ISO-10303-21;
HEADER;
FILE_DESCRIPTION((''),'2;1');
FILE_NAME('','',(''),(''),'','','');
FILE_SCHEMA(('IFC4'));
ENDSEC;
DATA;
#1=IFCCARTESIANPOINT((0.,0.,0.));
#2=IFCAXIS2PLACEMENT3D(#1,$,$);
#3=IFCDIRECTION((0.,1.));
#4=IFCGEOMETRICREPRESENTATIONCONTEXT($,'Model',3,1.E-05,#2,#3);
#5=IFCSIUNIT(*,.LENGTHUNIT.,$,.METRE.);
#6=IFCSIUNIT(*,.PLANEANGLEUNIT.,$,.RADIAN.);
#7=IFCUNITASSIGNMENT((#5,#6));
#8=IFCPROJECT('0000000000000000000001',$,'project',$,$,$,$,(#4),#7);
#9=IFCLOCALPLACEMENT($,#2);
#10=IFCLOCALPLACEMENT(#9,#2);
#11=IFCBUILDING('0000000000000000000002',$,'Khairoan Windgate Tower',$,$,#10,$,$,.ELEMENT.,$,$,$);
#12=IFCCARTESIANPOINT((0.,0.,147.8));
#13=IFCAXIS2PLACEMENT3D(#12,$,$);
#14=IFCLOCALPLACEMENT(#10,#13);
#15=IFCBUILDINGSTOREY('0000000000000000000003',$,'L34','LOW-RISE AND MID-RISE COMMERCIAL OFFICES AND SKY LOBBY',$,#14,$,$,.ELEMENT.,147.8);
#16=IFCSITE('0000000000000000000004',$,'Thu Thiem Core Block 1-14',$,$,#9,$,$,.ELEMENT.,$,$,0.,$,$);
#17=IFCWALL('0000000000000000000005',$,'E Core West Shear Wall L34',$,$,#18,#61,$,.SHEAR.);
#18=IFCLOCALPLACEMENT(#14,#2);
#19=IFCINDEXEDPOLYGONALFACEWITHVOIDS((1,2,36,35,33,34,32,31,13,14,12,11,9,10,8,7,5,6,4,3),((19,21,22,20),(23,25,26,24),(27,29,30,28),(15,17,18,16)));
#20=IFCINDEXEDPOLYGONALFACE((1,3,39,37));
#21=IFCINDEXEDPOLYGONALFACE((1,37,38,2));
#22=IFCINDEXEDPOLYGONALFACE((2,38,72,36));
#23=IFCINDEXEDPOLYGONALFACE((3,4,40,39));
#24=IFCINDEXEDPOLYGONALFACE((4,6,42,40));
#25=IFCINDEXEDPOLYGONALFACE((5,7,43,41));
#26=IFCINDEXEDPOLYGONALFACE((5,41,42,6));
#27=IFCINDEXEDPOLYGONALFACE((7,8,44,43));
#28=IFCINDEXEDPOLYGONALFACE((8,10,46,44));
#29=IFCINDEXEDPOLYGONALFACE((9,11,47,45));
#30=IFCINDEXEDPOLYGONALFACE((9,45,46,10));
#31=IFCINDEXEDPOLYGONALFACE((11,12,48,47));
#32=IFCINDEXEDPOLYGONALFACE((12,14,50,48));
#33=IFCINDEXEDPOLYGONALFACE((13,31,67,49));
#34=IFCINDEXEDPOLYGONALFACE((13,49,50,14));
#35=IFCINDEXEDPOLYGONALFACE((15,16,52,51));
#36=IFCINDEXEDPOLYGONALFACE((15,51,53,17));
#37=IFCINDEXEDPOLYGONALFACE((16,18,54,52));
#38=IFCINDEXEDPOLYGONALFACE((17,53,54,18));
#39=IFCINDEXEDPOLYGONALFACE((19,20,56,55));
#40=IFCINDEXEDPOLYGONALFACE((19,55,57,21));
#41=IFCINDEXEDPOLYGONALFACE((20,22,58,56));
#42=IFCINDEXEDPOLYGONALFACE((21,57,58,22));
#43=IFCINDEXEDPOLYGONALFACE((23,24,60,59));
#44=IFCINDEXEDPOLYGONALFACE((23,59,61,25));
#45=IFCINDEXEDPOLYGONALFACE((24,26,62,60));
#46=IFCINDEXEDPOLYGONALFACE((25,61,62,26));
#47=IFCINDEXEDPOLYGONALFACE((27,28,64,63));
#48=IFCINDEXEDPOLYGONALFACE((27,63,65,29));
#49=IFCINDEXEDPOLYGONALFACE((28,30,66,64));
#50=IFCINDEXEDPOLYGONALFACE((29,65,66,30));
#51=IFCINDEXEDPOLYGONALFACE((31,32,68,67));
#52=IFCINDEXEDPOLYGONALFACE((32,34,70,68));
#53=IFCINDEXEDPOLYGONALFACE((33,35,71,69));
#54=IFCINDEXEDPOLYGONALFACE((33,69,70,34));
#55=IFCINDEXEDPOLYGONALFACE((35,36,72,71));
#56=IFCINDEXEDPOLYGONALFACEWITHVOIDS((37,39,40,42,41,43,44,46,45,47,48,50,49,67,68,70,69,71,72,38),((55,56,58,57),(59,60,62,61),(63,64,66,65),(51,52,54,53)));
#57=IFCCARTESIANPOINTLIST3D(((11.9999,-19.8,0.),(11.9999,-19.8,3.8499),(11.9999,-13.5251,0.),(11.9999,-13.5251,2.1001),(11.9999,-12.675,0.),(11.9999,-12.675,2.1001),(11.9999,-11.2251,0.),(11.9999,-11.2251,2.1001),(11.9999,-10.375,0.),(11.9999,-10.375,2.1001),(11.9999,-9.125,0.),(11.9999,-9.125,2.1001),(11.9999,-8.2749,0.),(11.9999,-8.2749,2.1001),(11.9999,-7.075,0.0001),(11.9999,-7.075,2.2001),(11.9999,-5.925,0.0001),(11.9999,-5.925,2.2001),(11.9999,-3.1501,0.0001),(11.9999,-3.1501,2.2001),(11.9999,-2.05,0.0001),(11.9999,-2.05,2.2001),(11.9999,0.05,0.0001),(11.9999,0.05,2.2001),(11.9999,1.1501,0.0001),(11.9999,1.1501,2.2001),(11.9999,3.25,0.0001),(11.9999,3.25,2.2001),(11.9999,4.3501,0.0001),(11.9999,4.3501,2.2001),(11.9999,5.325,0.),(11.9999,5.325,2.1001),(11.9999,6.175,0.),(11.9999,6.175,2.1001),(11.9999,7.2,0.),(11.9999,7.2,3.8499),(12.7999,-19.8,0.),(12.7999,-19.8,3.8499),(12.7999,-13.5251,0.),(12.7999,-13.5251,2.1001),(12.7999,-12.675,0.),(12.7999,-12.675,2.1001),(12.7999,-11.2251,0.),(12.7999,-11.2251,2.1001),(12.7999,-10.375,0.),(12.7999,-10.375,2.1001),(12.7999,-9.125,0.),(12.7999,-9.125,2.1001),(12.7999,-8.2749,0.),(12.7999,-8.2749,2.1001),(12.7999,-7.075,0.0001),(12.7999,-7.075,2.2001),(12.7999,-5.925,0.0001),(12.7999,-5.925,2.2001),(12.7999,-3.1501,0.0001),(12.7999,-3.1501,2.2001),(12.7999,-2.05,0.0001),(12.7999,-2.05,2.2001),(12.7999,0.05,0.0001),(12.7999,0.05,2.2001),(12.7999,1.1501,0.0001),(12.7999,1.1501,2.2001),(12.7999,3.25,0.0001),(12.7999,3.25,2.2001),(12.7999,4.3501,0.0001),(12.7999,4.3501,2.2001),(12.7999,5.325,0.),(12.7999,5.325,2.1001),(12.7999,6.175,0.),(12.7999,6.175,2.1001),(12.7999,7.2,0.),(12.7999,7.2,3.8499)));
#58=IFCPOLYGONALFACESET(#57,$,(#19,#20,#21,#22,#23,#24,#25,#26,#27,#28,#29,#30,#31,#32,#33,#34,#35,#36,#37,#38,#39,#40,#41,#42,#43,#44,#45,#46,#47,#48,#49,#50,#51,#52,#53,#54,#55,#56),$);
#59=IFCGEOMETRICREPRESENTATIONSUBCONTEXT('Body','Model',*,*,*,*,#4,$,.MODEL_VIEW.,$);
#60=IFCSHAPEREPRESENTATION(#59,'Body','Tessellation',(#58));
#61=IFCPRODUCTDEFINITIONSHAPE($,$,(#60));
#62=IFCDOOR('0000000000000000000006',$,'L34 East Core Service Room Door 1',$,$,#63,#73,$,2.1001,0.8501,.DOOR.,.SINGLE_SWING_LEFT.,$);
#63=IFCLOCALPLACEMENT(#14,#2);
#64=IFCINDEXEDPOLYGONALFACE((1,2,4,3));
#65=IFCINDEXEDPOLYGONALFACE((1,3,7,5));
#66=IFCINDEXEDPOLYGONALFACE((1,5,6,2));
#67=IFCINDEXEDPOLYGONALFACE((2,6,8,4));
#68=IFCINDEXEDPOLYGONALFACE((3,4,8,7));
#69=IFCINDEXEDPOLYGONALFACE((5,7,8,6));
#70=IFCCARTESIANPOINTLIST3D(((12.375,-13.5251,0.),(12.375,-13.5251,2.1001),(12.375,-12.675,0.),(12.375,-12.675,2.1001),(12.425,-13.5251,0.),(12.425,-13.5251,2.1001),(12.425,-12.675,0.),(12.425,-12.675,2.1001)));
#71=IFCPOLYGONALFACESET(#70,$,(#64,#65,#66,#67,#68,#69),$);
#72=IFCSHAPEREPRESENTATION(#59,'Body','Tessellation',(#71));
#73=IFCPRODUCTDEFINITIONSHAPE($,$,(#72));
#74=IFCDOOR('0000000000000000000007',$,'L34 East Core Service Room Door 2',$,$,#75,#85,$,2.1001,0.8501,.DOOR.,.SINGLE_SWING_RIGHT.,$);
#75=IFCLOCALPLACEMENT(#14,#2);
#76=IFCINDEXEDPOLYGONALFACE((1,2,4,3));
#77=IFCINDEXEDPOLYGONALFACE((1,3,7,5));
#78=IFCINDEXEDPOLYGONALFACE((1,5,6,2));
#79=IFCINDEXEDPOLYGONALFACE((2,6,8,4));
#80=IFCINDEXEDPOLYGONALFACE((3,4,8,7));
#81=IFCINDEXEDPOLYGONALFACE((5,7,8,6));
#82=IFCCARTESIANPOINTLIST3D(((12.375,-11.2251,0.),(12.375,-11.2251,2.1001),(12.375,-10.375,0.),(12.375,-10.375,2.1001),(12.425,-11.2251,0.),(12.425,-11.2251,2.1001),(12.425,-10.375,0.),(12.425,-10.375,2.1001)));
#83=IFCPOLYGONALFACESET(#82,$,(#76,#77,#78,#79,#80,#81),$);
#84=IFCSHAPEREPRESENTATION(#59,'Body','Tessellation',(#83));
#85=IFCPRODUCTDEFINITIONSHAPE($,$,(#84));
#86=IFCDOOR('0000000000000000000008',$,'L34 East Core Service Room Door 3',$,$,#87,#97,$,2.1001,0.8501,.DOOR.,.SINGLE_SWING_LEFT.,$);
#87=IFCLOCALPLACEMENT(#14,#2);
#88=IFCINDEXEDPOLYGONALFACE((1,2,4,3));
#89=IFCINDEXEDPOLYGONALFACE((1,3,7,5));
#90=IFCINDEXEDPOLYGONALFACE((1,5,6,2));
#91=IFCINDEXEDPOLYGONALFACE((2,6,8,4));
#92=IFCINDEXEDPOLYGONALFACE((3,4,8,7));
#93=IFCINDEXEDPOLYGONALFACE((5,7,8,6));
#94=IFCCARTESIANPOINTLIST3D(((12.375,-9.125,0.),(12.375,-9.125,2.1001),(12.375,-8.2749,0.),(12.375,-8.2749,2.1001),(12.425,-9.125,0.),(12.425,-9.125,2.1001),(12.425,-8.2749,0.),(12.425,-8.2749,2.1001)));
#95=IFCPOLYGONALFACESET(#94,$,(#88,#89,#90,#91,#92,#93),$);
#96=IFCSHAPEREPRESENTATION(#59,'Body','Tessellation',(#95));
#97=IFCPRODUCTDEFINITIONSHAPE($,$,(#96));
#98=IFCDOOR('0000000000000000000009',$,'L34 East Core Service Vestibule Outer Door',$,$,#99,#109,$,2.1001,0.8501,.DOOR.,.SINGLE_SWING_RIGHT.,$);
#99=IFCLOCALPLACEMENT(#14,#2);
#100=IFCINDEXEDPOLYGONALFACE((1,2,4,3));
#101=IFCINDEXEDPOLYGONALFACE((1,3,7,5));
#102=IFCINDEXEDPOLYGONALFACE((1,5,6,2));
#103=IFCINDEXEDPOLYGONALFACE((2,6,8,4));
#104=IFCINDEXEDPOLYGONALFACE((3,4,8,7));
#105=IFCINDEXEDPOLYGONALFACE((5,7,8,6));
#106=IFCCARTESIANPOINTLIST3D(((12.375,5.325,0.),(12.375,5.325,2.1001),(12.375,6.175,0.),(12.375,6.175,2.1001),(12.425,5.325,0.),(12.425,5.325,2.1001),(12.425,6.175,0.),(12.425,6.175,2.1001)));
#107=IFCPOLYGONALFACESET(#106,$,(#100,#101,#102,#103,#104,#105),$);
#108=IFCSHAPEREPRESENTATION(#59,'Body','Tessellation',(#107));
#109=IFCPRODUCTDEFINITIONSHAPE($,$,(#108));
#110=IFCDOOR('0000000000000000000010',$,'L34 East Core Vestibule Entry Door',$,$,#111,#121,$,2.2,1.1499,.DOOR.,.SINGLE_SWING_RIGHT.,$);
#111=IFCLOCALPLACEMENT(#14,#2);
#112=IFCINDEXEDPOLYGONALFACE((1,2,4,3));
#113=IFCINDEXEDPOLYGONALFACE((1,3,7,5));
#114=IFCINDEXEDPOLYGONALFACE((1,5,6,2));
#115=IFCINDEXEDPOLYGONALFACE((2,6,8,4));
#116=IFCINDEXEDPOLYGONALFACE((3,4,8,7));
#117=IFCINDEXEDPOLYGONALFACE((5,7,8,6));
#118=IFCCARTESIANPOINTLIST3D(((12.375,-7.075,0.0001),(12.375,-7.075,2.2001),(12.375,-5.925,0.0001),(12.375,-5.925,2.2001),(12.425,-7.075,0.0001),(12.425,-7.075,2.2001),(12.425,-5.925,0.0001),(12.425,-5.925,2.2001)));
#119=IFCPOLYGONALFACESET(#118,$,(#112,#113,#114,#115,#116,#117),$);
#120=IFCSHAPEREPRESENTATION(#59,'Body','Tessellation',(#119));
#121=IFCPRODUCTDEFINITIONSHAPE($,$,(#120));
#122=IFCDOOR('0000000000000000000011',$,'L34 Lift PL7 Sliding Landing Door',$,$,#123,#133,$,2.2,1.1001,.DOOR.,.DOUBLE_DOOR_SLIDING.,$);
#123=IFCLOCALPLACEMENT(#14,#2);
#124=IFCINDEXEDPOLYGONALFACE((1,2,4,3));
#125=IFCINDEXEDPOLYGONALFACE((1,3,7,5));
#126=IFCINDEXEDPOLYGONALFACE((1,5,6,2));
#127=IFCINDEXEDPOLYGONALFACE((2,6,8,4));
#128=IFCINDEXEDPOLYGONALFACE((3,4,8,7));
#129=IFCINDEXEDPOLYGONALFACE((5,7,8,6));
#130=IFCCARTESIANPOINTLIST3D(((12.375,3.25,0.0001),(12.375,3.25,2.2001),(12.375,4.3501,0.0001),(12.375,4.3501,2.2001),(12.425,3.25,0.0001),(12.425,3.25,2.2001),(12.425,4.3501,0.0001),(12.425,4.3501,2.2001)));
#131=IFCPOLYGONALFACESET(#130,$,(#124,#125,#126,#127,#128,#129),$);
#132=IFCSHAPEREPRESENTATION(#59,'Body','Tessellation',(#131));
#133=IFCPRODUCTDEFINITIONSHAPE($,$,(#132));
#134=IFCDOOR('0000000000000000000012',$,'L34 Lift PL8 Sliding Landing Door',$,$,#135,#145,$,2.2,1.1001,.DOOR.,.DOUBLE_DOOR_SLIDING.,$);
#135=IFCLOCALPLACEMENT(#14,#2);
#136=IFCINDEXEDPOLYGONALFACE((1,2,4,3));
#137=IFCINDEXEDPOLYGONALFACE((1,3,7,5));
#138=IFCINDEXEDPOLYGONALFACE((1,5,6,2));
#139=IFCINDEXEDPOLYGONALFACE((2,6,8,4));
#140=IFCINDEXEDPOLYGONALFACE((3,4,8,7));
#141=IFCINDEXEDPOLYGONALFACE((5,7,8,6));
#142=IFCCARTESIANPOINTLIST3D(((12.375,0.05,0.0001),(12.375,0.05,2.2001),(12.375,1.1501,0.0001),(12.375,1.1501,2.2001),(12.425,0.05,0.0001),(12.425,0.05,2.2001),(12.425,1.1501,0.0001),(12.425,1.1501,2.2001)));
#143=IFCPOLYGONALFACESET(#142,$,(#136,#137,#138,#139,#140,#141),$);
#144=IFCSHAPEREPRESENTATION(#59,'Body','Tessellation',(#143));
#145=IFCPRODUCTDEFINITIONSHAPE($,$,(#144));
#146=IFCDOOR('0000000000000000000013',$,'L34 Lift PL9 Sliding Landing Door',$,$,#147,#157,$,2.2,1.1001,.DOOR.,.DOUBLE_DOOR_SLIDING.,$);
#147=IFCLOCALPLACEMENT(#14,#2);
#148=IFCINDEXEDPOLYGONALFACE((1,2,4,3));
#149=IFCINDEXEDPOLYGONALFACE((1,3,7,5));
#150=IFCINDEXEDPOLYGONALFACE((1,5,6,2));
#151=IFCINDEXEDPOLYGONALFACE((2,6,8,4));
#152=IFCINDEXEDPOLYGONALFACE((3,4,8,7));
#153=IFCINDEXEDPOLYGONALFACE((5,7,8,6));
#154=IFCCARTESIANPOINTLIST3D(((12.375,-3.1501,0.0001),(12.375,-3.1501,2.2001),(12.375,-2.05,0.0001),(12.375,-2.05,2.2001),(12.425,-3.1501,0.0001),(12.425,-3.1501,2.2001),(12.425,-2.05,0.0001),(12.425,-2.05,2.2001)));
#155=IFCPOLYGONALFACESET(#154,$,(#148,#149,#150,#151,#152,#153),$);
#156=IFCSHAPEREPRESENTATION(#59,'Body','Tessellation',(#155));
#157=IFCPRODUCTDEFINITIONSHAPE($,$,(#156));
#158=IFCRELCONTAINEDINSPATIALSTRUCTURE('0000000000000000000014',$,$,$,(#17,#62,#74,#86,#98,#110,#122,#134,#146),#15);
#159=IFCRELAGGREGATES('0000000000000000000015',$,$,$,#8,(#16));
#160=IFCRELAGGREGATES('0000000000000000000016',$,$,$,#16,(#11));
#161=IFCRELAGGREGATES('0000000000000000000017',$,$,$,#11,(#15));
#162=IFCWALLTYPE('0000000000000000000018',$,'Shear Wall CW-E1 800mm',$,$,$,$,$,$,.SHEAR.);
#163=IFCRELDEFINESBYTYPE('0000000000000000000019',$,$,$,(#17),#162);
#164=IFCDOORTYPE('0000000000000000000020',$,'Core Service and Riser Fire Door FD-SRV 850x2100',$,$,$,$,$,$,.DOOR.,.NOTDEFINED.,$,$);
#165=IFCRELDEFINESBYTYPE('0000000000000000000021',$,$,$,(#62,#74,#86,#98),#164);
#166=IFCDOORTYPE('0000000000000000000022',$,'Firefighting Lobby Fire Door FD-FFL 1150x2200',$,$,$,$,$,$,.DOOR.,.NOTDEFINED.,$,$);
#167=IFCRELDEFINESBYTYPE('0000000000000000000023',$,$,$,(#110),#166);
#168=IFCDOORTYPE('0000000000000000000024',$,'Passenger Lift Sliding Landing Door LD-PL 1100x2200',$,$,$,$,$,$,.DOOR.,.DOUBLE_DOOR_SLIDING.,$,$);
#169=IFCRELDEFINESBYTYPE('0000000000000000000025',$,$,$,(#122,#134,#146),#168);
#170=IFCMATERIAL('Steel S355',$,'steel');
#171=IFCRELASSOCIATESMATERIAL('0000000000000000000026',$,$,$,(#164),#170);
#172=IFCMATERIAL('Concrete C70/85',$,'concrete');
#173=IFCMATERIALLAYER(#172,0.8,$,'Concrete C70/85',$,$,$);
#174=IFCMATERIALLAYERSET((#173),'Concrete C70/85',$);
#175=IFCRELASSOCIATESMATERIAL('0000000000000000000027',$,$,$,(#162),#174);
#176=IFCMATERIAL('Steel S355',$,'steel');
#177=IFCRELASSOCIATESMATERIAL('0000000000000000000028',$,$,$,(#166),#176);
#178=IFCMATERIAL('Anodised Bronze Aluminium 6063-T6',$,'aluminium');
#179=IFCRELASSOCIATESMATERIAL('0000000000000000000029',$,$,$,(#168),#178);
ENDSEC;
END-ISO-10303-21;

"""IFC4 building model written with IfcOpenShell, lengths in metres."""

from ifc_helpers import new_model, si_unit, direction, frame, frame_2d, origin, place, context, subcontext, project, spatial, rectangle, extrude, material, layer, layer_set, type_object, element, fill, save


model = new_model("IFC4")

# Units and contexts
model_context = context("Model", 3, precision=1e-05, world=origin(), true_north=direction((0.0, 1.0)))
body_context = subcontext(model_context, "Body", "Model", "MODEL_VIEW")
ifc_project = project(units=[si_unit("LENGTHUNIT", "METRE"), si_unit("PLANEANGLEUNIT", "RADIAN")], contexts=[model_context])

# Site, building, storey
site_placement = place(None, origin())
site = spatial("IfcSite", under=ifc_project, at=site_placement, Name="Thu Thiem Core Block 1-14", CompositionType="ELEMENT", RefElevation=0.0)
building_placement = place(site_placement, origin())
building = spatial("IfcBuilding", under=site, at=building_placement, Name="Khairoan Windgate Tower", CompositionType="ELEMENT")
storey_placement = place(building_placement, frame((0.0, 0.0, 147.8)))
storey = spatial("IfcBuildingStorey", under=building, at=storey_placement, Name="L34", Description="LOW-RISE AND MID-RISE COMMERCIAL OFFICES AND SKY LOBBY", CompositionType="ELEMENT", Elevation=147.8)

# Shared definitions
ifc_material_1 = material(Name="Steel S355", Category="steel")
door_type_1 = type_object("IfcDoorType", Name="Core Service and Riser Fire Door FD-SRV 850x2100", OperationType="NOTDEFINED", PredefinedType="DOOR", material=ifc_material_1)

# Wall, openings, doors
ifc_material_2 = material(Name="Concrete C70/85", Category="concrete")
ifc_layer_1 = layer(ifc_material_2, 0.8, Name="Concrete C70/85")
ifc_layer_set_1 = layer_set([ifc_layer_1], Name="Concrete C70/85")
wall_type_1 = type_object("IfcWallType", Name="Shear Wall CW-E1 800mm", PredefinedType="SHEAR", material=ifc_layer_set_1)
wall_1_placement = place(storey_placement, frame((12.3999, -19.8, 0.0), z_axis=(0.0, 0.0, 1.0), x_axis=(0.0, 1.0, 0.0)))
wall_1 = element("IfcWall", 1, at=wall_1_placement, inside=storey, type_object=wall_type_1, Name="E Core West Shear Wall L34", PredefinedType="SHEAR", context=body_context, shape_type="SweptSolid", body=[
    extrude(rectangle(XDim=27.0, YDim=0.8, at=frame_2d((13.5, 0.0))), origin(), (0.0, 0.0, 1.0), 3.8499),
])
opening_1_placement = place(wall_1_placement, frame((23.05, 0.0, 0.0)))
opening_1 = element("IfcOpeningElement", 2, at=opening_1_placement, cuts=wall_1, PredefinedType="OPENING", context=body_context, shape_type="SweptSolid", body=[
    extrude(rectangle(XDim=1.1001, YDim=2.2, at=frame_2d((0.55, 1.1001))), frame((0.0, 0.4099, 0.0), z_axis=(0.0, -1.0, 0.0), x_axis=(1.0, 0.0, 0.0)), (0.0, 0.0, 1.0), 0.8201),
])
opening_2_placement = place(wall_1_placement, frame((19.8501, 0.0, 0.0)))
opening_2 = element("IfcOpeningElement", 3, at=opening_2_placement, cuts=wall_1, PredefinedType="OPENING", context=body_context, shape_type="SweptSolid", body=[
    extrude(rectangle(XDim=1.1001, YDim=2.2, at=frame_2d((0.55, 1.1001))), frame((0.0, 0.4099, 0.0), z_axis=(0.0, -1.0, 0.0), x_axis=(1.0, 0.0, 0.0)), (0.0, 0.0, 1.0), 0.8201),
])
opening_3_placement = place(wall_1_placement, frame((16.6499, 0.0, 0.0)))
opening_3 = element("IfcOpeningElement", 4, at=opening_3_placement, cuts=wall_1, PredefinedType="OPENING", context=body_context, shape_type="SweptSolid", body=[
    extrude(rectangle(XDim=1.1001, YDim=2.2, at=frame_2d((0.55, 1.1001))), frame((0.0, 0.4099, 0.0), z_axis=(0.0, -1.0, 0.0), x_axis=(1.0, 0.0, 0.0)), (0.0, 0.0, 1.0), 0.8201),
])
opening_4_placement = place(wall_1_placement, frame((6.2749, 0.0, 0.0)))
opening_4 = element("IfcOpeningElement", 5, at=opening_4_placement, cuts=wall_1, PredefinedType="OPENING", context=body_context, shape_type="SweptSolid", body=[
    extrude(rectangle(XDim=0.8501, YDim=2.1001, at=frame_2d((0.425, 1.05))), frame((0.0, 0.4099, 0.0), z_axis=(0.0, -1.0, 0.0), x_axis=(1.0, 0.0, 0.0)), (0.0, 0.0, 1.0), 0.8201),
])
opening_5_placement = place(wall_1_placement, frame((8.575, 0.0, 0.0)))
opening_5 = element("IfcOpeningElement", 6, at=opening_5_placement, cuts=wall_1, PredefinedType="OPENING", context=body_context, shape_type="SweptSolid", body=[
    extrude(rectangle(XDim=0.8501, YDim=2.1001, at=frame_2d((0.425, 1.05))), frame((0.0, 0.4099, 0.0), z_axis=(0.0, -1.0, 0.0), x_axis=(1.0, 0.0, 0.0)), (0.0, 0.0, 1.0), 0.8201),
])
opening_6_placement = place(wall_1_placement, frame((10.675, 0.0, 0.0)))
opening_6 = element("IfcOpeningElement", 7, at=opening_6_placement, cuts=wall_1, PredefinedType="OPENING", context=body_context, shape_type="SweptSolid", body=[
    extrude(rectangle(XDim=0.8501, YDim=2.1001, at=frame_2d((0.425, 1.05))), frame((0.0, 0.4099, 0.0), z_axis=(0.0, -1.0, 0.0), x_axis=(1.0, 0.0, 0.0)), (0.0, 0.0, 1.0), 0.8201),
])
opening_7_placement = place(wall_1_placement, frame((12.7251, 0.0, 0.0)))
opening_7 = element("IfcOpeningElement", 8, at=opening_7_placement, cuts=wall_1, PredefinedType="OPENING", context=body_context, shape_type="SweptSolid", body=[
    extrude(rectangle(XDim=1.1499, YDim=2.2, at=frame_2d((0.575, 1.1001))), frame((0.0, 0.4099, 0.0), z_axis=(0.0, -1.0, 0.0), x_axis=(1.0, 0.0, 0.0)), (0.0, 0.0, 1.0), 0.8201),
])
opening_8_placement = place(wall_1_placement, frame((25.125, 0.0, 0.0)))
opening_8 = element("IfcOpeningElement", 9, at=opening_8_placement, cuts=wall_1, PredefinedType="OPENING", context=body_context, shape_type="SweptSolid", body=[
    extrude(rectangle(XDim=0.8501, YDim=2.1001, at=frame_2d((0.425, 1.05))), frame((0.0, 0.4099, 0.0), z_axis=(0.0, -1.0, 0.0), x_axis=(1.0, 0.0, 0.0)), (0.0, 0.0, 1.0), 0.8201),
])
door_1_placement = place(opening_4_placement, origin())
door_1 = element("IfcDoor", 10, at=door_1_placement, inside=storey, type_object=door_type_1, Name="L34 East Core Service Room Door 1", OperationType="SINGLE_SWING_LEFT", OverallHeight=2.1001, OverallWidth=0.8501, PredefinedType="DOOR", context=body_context, shape_type="SweptSolid", body=[
    extrude(rectangle(XDim=0.8501, YDim=2.1001, at=frame_2d((0.425, 1.05))), frame((0.0, 0.0249, 0.0), z_axis=(0.0, -1.0, 0.0), x_axis=(1.0, 0.0, 0.0)), (0.0, 0.0, 1.0), 0.05),
])
fill(opening_4, door_1)
door_2_placement = place(opening_5_placement, origin())
door_2 = element("IfcDoor", 11, at=door_2_placement, inside=storey, type_object=door_type_1, Name="L34 East Core Service Room Door 2", OperationType="SINGLE_SWING_RIGHT", OverallHeight=2.1001, OverallWidth=0.8501, PredefinedType="DOOR", context=body_context, shape_type="SweptSolid", body=[
    extrude(rectangle(XDim=0.8501, YDim=2.1001, at=frame_2d((0.425, 1.05))), frame((0.0, 0.0249, 0.0), z_axis=(0.0, -1.0, 0.0), x_axis=(1.0, 0.0, 0.0)), (0.0, 0.0, 1.0), 0.05),
])
fill(opening_5, door_2)
door_3_placement = place(opening_6_placement, origin())
door_3 = element("IfcDoor", 12, at=door_3_placement, inside=storey, type_object=door_type_1, Name="L34 East Core Service Room Door 3", OperationType="SINGLE_SWING_LEFT", OverallHeight=2.1001, OverallWidth=0.8501, PredefinedType="DOOR", context=body_context, shape_type="SweptSolid", body=[
    extrude(rectangle(XDim=0.8501, YDim=2.1001, at=frame_2d((0.425, 1.05))), frame((0.0, 0.0249, 0.0), z_axis=(0.0, -1.0, 0.0), x_axis=(1.0, 0.0, 0.0)), (0.0, 0.0, 1.0), 0.05),
])
fill(opening_6, door_3)
door_4_placement = place(opening_8_placement, origin())
door_4 = element("IfcDoor", 13, at=door_4_placement, inside=storey, type_object=door_type_1, Name="L34 East Core Service Vestibule Outer Door", OperationType="SINGLE_SWING_RIGHT", OverallHeight=2.1001, OverallWidth=0.8501, PredefinedType="DOOR", context=body_context, shape_type="SweptSolid", body=[
    extrude(rectangle(XDim=0.8501, YDim=2.1001, at=frame_2d((0.425, 1.05))), frame((0.0, 0.0249, 0.0), z_axis=(0.0, -1.0, 0.0), x_axis=(1.0, 0.0, 0.0)), (0.0, 0.0, 1.0), 0.05),
])
fill(opening_8, door_4)
ifc_material_3 = material(Name="Steel S355", Category="steel")
door_type_2 = type_object("IfcDoorType", Name="Firefighting Lobby Fire Door FD-FFL 1150x2200", OperationType="NOTDEFINED", PredefinedType="DOOR", material=ifc_material_3)
door_5_placement = place(opening_7_placement, origin())
door_5 = element("IfcDoor", 14, at=door_5_placement, inside=storey, type_object=door_type_2, Name="L34 East Core Vestibule Entry Door", OperationType="SINGLE_SWING_RIGHT", OverallHeight=2.2, OverallWidth=1.1499, PredefinedType="DOOR", context=body_context, shape_type="SweptSolid", body=[
    extrude(rectangle(XDim=1.1499, YDim=2.2, at=frame_2d((0.575, 1.1001))), frame((0.0, 0.0249, 0.0), z_axis=(0.0, -1.0, 0.0), x_axis=(1.0, 0.0, 0.0)), (0.0, 0.0, 1.0), 0.05),
])
fill(opening_7, door_5)
ifc_material_4 = material(Name="Anodised Bronze Aluminium 6063-T6", Category="aluminium")
door_type_3 = type_object("IfcDoorType", Name="Passenger Lift Sliding Landing Door LD-PL 1100x2200", OperationType="DOUBLE_DOOR_SLIDING", PredefinedType="DOOR", material=ifc_material_4)
door_6_placement = place(opening_1_placement, origin())
door_6 = element("IfcDoor", 15, at=door_6_placement, inside=storey, type_object=door_type_3, Name="L34 Lift PL7 Sliding Landing Door", OperationType="DOUBLE_DOOR_SLIDING", OverallHeight=2.2, OverallWidth=1.1001, PredefinedType="DOOR", context=body_context, shape_type="SweptSolid", body=[
    extrude(rectangle(XDim=1.1001, YDim=2.2, at=frame_2d((0.55, 1.1001))), frame((0.0, 0.0249, 0.0), z_axis=(0.0, -1.0, 0.0), x_axis=(1.0, 0.0, 0.0)), (0.0, 0.0, 1.0), 0.05),
])
fill(opening_1, door_6)
door_7_placement = place(opening_2_placement, origin())
door_7 = element("IfcDoor", 16, at=door_7_placement, inside=storey, type_object=door_type_3, Name="L34 Lift PL8 Sliding Landing Door", OperationType="DOUBLE_DOOR_SLIDING", OverallHeight=2.2, OverallWidth=1.1001, PredefinedType="DOOR", context=body_context, shape_type="SweptSolid", body=[
    extrude(rectangle(XDim=1.1001, YDim=2.2, at=frame_2d((0.55, 1.1001))), frame((0.0, 0.0249, 0.0), z_axis=(0.0, -1.0, 0.0), x_axis=(1.0, 0.0, 0.0)), (0.0, 0.0, 1.0), 0.05),
])
fill(opening_2, door_7)
door_8_placement = place(opening_3_placement, origin())
door_8 = element("IfcDoor", 17, at=door_8_placement, inside=storey, type_object=door_type_3, Name="L34 Lift PL9 Sliding Landing Door", OperationType="DOUBLE_DOOR_SLIDING", OverallHeight=2.2, OverallWidth=1.1001, PredefinedType="DOOR", context=body_context, shape_type="SweptSolid", body=[
    extrude(rectangle(XDim=1.1001, YDim=2.2, at=frame_2d((0.55, 1.1001))), frame((0.0, 0.0249, 0.0), z_axis=(0.0, -1.0, 0.0), x_axis=(1.0, 0.0, 0.0)), (0.0, 0.0, 1.0), 0.05),
])
fill(opening_3, door_8)

save(model, "model.ifc")
